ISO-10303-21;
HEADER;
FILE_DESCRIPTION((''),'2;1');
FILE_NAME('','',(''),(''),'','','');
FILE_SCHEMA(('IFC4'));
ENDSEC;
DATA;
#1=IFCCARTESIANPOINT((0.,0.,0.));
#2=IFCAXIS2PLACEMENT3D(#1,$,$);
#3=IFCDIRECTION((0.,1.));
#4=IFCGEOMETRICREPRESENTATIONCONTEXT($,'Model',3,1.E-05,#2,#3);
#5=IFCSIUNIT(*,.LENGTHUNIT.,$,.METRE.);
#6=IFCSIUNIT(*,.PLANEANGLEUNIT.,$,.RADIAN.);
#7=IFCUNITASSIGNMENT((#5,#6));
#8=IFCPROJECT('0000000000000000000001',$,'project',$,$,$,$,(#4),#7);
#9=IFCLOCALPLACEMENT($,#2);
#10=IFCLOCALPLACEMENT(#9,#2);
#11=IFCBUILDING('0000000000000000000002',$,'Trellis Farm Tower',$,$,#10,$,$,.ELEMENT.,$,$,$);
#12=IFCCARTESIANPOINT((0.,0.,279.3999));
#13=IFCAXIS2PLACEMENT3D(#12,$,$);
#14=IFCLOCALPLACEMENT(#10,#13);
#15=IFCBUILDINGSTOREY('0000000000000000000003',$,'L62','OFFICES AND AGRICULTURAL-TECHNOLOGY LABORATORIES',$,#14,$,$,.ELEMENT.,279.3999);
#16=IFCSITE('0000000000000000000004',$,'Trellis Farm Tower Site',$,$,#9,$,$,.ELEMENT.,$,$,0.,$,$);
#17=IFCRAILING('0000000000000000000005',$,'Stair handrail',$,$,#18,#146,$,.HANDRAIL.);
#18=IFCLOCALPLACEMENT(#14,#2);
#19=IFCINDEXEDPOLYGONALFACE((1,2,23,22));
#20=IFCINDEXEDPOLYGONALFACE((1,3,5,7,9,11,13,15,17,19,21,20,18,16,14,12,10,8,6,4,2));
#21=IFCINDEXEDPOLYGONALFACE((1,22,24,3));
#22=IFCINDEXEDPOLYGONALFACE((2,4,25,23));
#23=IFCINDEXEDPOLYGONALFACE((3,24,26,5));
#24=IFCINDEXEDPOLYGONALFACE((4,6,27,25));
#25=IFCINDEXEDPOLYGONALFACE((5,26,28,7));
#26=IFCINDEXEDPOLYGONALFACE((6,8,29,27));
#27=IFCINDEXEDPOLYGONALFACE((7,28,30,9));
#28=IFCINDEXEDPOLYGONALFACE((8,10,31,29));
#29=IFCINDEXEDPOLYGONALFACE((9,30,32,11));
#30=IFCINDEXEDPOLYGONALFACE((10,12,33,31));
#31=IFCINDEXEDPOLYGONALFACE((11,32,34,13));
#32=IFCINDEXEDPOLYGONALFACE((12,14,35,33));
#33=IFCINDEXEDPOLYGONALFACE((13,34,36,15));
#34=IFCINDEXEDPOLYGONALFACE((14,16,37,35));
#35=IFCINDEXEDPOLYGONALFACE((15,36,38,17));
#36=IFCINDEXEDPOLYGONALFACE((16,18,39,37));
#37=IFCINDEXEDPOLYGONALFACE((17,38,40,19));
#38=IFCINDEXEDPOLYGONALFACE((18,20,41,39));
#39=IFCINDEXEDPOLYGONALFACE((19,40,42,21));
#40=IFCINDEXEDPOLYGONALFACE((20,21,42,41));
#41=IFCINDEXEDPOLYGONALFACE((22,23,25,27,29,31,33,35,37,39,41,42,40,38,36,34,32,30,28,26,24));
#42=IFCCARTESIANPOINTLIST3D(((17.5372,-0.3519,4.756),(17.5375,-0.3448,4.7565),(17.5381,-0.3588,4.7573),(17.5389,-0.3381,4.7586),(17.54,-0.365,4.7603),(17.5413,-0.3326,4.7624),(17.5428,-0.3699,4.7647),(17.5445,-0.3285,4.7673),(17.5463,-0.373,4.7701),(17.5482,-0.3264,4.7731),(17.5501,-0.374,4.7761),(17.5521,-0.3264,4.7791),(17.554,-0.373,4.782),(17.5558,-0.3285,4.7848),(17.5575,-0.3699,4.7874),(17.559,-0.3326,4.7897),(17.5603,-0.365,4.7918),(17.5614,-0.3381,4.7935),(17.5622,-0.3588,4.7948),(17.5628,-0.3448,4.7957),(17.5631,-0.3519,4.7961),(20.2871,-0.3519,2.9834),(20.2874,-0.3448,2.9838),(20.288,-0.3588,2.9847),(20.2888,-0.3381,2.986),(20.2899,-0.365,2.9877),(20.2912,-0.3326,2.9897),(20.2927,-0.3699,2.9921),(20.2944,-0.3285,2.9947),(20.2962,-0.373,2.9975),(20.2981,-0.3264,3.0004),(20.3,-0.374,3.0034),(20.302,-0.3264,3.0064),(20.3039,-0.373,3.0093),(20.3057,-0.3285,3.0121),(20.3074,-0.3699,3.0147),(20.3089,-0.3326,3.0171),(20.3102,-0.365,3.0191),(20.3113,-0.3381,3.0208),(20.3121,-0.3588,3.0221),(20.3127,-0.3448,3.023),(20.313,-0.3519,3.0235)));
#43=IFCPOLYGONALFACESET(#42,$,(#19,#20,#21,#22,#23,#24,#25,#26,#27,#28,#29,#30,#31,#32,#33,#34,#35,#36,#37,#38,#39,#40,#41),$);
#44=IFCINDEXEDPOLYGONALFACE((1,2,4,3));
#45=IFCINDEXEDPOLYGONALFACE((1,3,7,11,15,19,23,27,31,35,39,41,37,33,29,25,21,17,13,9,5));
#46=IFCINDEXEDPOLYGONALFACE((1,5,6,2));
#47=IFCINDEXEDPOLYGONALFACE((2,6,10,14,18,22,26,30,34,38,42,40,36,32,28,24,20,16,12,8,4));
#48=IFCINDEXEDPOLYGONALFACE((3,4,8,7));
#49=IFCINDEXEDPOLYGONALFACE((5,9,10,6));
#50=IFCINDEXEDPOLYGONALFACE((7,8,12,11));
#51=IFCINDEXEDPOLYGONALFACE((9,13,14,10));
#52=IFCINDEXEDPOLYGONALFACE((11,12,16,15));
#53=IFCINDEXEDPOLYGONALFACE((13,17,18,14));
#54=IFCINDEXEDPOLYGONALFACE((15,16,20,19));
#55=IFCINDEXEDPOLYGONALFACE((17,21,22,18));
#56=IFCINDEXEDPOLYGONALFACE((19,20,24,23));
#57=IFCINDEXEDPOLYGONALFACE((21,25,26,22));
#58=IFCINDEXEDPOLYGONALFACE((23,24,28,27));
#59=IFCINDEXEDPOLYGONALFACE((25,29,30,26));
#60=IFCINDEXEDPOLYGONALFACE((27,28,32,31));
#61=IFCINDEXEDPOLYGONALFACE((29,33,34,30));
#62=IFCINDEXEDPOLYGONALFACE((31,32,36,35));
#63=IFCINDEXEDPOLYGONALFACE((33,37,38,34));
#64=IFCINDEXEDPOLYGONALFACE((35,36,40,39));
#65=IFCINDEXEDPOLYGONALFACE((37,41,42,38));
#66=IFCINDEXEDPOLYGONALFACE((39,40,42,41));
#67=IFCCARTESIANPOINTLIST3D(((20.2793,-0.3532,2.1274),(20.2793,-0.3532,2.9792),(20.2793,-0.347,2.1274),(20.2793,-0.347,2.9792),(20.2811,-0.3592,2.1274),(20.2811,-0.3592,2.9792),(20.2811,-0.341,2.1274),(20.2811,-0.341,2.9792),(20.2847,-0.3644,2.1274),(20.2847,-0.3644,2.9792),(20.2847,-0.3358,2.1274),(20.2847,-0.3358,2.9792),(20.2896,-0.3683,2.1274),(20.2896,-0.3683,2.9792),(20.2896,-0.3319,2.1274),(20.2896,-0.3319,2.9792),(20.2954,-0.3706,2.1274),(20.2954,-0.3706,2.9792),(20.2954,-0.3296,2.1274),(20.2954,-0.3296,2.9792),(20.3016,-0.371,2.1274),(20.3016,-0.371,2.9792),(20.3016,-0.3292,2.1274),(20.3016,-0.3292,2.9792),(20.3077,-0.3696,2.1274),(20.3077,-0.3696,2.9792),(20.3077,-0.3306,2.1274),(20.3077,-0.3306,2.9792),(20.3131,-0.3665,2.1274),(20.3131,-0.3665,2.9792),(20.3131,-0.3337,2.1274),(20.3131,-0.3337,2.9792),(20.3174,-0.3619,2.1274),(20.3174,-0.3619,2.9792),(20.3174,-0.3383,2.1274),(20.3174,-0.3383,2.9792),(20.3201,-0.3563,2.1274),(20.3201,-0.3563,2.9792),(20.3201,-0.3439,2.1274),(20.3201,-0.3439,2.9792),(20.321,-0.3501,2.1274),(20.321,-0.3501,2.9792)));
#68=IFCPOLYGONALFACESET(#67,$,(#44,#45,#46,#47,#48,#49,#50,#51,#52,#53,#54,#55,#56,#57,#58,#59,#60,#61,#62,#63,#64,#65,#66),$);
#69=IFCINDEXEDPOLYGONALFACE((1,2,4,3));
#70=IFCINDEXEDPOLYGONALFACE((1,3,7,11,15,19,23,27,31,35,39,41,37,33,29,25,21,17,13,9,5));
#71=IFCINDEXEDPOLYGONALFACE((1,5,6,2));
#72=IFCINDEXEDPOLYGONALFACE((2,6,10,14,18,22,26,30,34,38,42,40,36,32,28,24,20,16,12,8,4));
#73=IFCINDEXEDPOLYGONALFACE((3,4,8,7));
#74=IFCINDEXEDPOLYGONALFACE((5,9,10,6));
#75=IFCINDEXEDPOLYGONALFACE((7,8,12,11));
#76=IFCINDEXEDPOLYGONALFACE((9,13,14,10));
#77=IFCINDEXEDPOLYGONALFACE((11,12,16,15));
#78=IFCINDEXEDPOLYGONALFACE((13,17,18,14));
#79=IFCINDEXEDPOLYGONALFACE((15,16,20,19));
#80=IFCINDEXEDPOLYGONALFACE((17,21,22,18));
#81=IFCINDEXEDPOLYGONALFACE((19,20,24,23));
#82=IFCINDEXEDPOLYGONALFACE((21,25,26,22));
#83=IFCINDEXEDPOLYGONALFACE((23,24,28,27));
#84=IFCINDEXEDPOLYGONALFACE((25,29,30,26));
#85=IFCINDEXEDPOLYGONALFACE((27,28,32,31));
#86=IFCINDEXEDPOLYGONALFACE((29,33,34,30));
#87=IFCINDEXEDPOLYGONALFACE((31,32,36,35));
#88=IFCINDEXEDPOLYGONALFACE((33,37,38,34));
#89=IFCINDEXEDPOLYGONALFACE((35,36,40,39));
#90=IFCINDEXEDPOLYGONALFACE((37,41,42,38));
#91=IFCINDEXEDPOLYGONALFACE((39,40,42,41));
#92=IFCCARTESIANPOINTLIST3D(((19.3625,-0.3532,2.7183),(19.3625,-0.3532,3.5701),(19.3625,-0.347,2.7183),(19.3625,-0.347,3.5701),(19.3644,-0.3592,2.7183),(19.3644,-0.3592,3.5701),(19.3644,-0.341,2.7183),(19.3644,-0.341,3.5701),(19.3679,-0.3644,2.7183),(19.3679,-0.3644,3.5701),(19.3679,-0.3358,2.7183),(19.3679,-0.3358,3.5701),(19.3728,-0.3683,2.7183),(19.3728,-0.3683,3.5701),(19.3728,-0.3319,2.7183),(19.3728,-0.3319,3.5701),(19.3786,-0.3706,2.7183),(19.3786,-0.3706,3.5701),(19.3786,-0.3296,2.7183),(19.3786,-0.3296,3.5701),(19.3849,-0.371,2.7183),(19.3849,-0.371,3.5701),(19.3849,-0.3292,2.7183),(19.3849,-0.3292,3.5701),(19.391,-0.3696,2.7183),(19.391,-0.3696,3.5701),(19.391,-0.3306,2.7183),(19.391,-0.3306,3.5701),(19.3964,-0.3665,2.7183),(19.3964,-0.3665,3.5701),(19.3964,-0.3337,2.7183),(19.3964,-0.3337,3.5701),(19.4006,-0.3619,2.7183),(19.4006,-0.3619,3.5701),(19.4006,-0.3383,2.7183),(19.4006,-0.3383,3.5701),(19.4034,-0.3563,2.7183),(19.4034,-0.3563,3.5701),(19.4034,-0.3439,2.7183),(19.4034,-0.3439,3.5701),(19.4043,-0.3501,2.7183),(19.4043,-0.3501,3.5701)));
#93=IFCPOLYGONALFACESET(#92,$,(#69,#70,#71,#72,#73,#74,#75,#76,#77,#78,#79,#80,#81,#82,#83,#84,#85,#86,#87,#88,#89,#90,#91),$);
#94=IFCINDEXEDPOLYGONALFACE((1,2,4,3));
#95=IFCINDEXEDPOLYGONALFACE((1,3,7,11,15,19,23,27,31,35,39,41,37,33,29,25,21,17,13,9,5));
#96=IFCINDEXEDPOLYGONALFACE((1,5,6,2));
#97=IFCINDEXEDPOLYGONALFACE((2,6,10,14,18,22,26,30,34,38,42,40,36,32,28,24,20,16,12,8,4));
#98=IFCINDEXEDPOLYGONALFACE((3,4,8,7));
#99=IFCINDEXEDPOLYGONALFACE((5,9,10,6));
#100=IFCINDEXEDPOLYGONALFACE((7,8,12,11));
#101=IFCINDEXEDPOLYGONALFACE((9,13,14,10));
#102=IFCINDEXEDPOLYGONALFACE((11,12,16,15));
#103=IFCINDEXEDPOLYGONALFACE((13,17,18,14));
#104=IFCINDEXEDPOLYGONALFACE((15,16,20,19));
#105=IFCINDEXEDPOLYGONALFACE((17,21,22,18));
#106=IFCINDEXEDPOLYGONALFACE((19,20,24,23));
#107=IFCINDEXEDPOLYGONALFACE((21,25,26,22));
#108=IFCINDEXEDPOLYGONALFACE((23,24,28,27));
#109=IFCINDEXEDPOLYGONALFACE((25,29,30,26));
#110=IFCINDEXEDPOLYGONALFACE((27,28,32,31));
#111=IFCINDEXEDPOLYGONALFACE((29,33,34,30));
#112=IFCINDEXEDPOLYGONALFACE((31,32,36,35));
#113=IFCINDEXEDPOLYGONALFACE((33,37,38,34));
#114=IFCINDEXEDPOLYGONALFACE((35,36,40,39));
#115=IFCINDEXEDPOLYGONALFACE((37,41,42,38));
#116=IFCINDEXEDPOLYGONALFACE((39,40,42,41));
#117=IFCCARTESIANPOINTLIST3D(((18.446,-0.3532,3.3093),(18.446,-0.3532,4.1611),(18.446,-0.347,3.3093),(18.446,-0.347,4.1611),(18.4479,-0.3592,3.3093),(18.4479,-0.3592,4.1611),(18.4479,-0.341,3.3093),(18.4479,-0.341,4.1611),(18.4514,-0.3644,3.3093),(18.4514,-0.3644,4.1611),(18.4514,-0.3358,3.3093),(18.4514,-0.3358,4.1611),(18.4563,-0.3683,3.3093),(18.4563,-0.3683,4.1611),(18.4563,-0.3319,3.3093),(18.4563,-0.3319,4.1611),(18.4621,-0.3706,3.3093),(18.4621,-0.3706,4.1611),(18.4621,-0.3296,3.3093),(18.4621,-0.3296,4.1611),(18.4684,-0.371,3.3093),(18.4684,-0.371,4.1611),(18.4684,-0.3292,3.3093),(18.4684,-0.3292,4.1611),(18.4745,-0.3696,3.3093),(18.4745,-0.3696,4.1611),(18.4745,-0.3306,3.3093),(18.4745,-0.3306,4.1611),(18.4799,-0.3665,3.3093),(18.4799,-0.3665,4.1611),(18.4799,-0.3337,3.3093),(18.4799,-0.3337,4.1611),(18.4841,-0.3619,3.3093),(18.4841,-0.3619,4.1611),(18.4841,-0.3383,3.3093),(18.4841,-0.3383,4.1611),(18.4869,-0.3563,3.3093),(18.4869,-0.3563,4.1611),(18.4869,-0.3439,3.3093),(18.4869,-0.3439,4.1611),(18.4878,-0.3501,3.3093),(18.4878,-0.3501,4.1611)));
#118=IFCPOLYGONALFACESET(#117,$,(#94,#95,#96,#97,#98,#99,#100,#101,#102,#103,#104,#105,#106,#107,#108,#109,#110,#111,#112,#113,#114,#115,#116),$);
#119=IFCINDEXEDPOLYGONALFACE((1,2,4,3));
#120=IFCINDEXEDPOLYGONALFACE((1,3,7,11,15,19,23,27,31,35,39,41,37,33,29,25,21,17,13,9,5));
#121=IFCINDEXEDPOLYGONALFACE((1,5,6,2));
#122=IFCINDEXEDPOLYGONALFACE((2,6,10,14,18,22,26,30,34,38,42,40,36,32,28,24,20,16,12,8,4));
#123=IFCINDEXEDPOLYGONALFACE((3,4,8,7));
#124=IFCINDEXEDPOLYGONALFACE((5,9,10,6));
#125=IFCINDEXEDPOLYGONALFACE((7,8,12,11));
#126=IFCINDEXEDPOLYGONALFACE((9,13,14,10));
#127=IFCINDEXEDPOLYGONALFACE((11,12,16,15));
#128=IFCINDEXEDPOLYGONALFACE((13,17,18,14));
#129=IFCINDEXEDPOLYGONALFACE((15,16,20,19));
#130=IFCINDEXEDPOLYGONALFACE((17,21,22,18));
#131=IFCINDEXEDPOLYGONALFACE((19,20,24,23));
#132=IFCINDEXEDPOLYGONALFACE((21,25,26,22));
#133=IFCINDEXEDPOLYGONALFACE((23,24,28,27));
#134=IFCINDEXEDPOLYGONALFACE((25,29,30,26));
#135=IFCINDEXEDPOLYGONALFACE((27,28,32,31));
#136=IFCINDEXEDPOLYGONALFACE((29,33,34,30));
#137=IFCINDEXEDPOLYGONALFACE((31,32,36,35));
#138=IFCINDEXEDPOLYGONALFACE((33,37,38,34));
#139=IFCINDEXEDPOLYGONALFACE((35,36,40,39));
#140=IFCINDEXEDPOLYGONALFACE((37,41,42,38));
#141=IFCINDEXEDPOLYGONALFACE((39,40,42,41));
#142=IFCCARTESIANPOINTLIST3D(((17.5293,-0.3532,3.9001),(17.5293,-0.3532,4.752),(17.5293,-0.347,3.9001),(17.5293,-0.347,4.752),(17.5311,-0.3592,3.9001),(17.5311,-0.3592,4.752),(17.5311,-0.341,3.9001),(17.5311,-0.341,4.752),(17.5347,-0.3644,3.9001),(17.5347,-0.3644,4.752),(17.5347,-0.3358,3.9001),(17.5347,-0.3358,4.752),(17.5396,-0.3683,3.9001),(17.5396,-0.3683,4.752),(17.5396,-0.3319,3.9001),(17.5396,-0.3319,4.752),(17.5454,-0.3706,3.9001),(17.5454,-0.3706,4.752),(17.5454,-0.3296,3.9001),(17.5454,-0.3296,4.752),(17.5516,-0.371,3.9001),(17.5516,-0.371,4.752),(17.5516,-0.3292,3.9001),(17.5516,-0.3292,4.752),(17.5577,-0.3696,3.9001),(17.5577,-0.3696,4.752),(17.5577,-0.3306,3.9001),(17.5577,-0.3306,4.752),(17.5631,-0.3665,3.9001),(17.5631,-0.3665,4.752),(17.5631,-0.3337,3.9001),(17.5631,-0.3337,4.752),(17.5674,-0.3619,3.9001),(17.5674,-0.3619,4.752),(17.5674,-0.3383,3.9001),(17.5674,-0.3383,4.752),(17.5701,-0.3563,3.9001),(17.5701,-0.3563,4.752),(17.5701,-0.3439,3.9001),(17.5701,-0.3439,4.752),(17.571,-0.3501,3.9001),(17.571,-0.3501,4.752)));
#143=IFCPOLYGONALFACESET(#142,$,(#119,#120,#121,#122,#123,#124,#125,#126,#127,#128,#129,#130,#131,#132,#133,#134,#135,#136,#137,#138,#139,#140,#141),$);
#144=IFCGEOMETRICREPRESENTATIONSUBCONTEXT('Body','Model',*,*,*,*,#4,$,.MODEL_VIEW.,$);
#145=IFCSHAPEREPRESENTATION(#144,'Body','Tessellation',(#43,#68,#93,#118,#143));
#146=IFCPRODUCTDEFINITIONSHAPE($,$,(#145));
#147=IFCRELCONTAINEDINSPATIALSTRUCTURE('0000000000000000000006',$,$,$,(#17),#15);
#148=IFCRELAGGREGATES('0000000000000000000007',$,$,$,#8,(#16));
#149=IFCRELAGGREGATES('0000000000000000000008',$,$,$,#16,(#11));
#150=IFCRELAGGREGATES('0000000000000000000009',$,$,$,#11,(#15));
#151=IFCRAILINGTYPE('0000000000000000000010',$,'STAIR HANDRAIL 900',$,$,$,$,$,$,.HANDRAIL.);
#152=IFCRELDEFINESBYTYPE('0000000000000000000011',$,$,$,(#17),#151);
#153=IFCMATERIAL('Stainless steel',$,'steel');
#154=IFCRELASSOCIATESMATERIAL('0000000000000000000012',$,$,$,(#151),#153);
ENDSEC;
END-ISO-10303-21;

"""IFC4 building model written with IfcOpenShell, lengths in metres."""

from ifc_helpers import new_model, si_unit, direction, frame, origin, origin_2d, place, context, subcontext, project, spatial, circle, extrude, source, transform, mapped, material, type_object, element, save


model = new_model("IFC4")

# Units and contexts
model_context = context("Model", 3, precision=1e-05, world=origin(), true_north=direction((0.0, 1.0)))
body_context = subcontext(model_context, "Body", "Model", "MODEL_VIEW")
ifc_project = project(units=[si_unit("LENGTHUNIT", "METRE"), si_unit("PLANEANGLEUNIT", "RADIAN")], contexts=[model_context])

# Site, building, storey
site_placement = place(None, origin())
site = spatial("IfcSite", under=ifc_project, at=site_placement, Name="Trellis Farm Tower Site", CompositionType="ELEMENT", RefElevation=0.0)
building_placement = place(site_placement, origin())
building = spatial("IfcBuilding", under=site, at=building_placement, Name="Trellis Farm Tower", CompositionType="ELEMENT")
storey_placement = place(building_placement, frame((0.0, 0.0, 279.3999)))
storey = spatial("IfcBuildingStorey", under=building, at=storey_placement, Name="L62", Description="OFFICES AND AGRICULTURAL-TECHNOLOGY LABORATORIES", CompositionType="ELEMENT", Elevation=279.3999)

# Railing
ifc_material_1 = material(Name="Stainless steel", Category="steel")
railing_type = type_object("IfcRailingType", Name="STAIR HANDRAIL 900", PredefinedType="HANDRAIL", material=ifc_material_1)
shared_shape_1 = source(origin(), body_context, "Body", "SweptSolid", [
    extrude(circle(Radius=0.0239, at=origin_2d()), frame((0.0, 0.0, 0.876), z_axis=(-0.840504, 0.0, 0.541806), x_axis=(0.0, -1.0, 0.0)), (0.0, 0.0, 1.0), 3.2717),
    extrude(circle(Radius=0.021, at=origin_2d()), origin(), (0.0, 0.0, 1.0), 0.8518),
    extrude(circle(Radius=0.021, at=origin_2d()), frame((-0.9167, 0.0, 0.5908)), (0.0, 0.0, 1.0), 0.8518),
    extrude(circle(Radius=0.021, at=origin_2d()), frame((-1.8333, 0.0, 1.1819)), (0.0, 0.0, 1.0), 0.8518),
    extrude(circle(Radius=0.021, at=origin_2d()), frame((-2.75, 0.0, 1.7727)), (0.0, 0.0, 1.0), 0.8518),
])
for number, where, name in (
    (1, (20.3, -0.3501, 2.1274), "Stair handrail"),
):
    element("IfcRailing", number, at=place(storey_placement, frame(where)), inside=storey, type_object=railing_type, Name=name, PredefinedType="HANDRAIL", context=body_context, shape_type="MappedRepresentation", body=[
        mapped(shared_shape_1, transform((0.0, 0.0, 0.0))),
    ])

save(model, "model.ifc")
